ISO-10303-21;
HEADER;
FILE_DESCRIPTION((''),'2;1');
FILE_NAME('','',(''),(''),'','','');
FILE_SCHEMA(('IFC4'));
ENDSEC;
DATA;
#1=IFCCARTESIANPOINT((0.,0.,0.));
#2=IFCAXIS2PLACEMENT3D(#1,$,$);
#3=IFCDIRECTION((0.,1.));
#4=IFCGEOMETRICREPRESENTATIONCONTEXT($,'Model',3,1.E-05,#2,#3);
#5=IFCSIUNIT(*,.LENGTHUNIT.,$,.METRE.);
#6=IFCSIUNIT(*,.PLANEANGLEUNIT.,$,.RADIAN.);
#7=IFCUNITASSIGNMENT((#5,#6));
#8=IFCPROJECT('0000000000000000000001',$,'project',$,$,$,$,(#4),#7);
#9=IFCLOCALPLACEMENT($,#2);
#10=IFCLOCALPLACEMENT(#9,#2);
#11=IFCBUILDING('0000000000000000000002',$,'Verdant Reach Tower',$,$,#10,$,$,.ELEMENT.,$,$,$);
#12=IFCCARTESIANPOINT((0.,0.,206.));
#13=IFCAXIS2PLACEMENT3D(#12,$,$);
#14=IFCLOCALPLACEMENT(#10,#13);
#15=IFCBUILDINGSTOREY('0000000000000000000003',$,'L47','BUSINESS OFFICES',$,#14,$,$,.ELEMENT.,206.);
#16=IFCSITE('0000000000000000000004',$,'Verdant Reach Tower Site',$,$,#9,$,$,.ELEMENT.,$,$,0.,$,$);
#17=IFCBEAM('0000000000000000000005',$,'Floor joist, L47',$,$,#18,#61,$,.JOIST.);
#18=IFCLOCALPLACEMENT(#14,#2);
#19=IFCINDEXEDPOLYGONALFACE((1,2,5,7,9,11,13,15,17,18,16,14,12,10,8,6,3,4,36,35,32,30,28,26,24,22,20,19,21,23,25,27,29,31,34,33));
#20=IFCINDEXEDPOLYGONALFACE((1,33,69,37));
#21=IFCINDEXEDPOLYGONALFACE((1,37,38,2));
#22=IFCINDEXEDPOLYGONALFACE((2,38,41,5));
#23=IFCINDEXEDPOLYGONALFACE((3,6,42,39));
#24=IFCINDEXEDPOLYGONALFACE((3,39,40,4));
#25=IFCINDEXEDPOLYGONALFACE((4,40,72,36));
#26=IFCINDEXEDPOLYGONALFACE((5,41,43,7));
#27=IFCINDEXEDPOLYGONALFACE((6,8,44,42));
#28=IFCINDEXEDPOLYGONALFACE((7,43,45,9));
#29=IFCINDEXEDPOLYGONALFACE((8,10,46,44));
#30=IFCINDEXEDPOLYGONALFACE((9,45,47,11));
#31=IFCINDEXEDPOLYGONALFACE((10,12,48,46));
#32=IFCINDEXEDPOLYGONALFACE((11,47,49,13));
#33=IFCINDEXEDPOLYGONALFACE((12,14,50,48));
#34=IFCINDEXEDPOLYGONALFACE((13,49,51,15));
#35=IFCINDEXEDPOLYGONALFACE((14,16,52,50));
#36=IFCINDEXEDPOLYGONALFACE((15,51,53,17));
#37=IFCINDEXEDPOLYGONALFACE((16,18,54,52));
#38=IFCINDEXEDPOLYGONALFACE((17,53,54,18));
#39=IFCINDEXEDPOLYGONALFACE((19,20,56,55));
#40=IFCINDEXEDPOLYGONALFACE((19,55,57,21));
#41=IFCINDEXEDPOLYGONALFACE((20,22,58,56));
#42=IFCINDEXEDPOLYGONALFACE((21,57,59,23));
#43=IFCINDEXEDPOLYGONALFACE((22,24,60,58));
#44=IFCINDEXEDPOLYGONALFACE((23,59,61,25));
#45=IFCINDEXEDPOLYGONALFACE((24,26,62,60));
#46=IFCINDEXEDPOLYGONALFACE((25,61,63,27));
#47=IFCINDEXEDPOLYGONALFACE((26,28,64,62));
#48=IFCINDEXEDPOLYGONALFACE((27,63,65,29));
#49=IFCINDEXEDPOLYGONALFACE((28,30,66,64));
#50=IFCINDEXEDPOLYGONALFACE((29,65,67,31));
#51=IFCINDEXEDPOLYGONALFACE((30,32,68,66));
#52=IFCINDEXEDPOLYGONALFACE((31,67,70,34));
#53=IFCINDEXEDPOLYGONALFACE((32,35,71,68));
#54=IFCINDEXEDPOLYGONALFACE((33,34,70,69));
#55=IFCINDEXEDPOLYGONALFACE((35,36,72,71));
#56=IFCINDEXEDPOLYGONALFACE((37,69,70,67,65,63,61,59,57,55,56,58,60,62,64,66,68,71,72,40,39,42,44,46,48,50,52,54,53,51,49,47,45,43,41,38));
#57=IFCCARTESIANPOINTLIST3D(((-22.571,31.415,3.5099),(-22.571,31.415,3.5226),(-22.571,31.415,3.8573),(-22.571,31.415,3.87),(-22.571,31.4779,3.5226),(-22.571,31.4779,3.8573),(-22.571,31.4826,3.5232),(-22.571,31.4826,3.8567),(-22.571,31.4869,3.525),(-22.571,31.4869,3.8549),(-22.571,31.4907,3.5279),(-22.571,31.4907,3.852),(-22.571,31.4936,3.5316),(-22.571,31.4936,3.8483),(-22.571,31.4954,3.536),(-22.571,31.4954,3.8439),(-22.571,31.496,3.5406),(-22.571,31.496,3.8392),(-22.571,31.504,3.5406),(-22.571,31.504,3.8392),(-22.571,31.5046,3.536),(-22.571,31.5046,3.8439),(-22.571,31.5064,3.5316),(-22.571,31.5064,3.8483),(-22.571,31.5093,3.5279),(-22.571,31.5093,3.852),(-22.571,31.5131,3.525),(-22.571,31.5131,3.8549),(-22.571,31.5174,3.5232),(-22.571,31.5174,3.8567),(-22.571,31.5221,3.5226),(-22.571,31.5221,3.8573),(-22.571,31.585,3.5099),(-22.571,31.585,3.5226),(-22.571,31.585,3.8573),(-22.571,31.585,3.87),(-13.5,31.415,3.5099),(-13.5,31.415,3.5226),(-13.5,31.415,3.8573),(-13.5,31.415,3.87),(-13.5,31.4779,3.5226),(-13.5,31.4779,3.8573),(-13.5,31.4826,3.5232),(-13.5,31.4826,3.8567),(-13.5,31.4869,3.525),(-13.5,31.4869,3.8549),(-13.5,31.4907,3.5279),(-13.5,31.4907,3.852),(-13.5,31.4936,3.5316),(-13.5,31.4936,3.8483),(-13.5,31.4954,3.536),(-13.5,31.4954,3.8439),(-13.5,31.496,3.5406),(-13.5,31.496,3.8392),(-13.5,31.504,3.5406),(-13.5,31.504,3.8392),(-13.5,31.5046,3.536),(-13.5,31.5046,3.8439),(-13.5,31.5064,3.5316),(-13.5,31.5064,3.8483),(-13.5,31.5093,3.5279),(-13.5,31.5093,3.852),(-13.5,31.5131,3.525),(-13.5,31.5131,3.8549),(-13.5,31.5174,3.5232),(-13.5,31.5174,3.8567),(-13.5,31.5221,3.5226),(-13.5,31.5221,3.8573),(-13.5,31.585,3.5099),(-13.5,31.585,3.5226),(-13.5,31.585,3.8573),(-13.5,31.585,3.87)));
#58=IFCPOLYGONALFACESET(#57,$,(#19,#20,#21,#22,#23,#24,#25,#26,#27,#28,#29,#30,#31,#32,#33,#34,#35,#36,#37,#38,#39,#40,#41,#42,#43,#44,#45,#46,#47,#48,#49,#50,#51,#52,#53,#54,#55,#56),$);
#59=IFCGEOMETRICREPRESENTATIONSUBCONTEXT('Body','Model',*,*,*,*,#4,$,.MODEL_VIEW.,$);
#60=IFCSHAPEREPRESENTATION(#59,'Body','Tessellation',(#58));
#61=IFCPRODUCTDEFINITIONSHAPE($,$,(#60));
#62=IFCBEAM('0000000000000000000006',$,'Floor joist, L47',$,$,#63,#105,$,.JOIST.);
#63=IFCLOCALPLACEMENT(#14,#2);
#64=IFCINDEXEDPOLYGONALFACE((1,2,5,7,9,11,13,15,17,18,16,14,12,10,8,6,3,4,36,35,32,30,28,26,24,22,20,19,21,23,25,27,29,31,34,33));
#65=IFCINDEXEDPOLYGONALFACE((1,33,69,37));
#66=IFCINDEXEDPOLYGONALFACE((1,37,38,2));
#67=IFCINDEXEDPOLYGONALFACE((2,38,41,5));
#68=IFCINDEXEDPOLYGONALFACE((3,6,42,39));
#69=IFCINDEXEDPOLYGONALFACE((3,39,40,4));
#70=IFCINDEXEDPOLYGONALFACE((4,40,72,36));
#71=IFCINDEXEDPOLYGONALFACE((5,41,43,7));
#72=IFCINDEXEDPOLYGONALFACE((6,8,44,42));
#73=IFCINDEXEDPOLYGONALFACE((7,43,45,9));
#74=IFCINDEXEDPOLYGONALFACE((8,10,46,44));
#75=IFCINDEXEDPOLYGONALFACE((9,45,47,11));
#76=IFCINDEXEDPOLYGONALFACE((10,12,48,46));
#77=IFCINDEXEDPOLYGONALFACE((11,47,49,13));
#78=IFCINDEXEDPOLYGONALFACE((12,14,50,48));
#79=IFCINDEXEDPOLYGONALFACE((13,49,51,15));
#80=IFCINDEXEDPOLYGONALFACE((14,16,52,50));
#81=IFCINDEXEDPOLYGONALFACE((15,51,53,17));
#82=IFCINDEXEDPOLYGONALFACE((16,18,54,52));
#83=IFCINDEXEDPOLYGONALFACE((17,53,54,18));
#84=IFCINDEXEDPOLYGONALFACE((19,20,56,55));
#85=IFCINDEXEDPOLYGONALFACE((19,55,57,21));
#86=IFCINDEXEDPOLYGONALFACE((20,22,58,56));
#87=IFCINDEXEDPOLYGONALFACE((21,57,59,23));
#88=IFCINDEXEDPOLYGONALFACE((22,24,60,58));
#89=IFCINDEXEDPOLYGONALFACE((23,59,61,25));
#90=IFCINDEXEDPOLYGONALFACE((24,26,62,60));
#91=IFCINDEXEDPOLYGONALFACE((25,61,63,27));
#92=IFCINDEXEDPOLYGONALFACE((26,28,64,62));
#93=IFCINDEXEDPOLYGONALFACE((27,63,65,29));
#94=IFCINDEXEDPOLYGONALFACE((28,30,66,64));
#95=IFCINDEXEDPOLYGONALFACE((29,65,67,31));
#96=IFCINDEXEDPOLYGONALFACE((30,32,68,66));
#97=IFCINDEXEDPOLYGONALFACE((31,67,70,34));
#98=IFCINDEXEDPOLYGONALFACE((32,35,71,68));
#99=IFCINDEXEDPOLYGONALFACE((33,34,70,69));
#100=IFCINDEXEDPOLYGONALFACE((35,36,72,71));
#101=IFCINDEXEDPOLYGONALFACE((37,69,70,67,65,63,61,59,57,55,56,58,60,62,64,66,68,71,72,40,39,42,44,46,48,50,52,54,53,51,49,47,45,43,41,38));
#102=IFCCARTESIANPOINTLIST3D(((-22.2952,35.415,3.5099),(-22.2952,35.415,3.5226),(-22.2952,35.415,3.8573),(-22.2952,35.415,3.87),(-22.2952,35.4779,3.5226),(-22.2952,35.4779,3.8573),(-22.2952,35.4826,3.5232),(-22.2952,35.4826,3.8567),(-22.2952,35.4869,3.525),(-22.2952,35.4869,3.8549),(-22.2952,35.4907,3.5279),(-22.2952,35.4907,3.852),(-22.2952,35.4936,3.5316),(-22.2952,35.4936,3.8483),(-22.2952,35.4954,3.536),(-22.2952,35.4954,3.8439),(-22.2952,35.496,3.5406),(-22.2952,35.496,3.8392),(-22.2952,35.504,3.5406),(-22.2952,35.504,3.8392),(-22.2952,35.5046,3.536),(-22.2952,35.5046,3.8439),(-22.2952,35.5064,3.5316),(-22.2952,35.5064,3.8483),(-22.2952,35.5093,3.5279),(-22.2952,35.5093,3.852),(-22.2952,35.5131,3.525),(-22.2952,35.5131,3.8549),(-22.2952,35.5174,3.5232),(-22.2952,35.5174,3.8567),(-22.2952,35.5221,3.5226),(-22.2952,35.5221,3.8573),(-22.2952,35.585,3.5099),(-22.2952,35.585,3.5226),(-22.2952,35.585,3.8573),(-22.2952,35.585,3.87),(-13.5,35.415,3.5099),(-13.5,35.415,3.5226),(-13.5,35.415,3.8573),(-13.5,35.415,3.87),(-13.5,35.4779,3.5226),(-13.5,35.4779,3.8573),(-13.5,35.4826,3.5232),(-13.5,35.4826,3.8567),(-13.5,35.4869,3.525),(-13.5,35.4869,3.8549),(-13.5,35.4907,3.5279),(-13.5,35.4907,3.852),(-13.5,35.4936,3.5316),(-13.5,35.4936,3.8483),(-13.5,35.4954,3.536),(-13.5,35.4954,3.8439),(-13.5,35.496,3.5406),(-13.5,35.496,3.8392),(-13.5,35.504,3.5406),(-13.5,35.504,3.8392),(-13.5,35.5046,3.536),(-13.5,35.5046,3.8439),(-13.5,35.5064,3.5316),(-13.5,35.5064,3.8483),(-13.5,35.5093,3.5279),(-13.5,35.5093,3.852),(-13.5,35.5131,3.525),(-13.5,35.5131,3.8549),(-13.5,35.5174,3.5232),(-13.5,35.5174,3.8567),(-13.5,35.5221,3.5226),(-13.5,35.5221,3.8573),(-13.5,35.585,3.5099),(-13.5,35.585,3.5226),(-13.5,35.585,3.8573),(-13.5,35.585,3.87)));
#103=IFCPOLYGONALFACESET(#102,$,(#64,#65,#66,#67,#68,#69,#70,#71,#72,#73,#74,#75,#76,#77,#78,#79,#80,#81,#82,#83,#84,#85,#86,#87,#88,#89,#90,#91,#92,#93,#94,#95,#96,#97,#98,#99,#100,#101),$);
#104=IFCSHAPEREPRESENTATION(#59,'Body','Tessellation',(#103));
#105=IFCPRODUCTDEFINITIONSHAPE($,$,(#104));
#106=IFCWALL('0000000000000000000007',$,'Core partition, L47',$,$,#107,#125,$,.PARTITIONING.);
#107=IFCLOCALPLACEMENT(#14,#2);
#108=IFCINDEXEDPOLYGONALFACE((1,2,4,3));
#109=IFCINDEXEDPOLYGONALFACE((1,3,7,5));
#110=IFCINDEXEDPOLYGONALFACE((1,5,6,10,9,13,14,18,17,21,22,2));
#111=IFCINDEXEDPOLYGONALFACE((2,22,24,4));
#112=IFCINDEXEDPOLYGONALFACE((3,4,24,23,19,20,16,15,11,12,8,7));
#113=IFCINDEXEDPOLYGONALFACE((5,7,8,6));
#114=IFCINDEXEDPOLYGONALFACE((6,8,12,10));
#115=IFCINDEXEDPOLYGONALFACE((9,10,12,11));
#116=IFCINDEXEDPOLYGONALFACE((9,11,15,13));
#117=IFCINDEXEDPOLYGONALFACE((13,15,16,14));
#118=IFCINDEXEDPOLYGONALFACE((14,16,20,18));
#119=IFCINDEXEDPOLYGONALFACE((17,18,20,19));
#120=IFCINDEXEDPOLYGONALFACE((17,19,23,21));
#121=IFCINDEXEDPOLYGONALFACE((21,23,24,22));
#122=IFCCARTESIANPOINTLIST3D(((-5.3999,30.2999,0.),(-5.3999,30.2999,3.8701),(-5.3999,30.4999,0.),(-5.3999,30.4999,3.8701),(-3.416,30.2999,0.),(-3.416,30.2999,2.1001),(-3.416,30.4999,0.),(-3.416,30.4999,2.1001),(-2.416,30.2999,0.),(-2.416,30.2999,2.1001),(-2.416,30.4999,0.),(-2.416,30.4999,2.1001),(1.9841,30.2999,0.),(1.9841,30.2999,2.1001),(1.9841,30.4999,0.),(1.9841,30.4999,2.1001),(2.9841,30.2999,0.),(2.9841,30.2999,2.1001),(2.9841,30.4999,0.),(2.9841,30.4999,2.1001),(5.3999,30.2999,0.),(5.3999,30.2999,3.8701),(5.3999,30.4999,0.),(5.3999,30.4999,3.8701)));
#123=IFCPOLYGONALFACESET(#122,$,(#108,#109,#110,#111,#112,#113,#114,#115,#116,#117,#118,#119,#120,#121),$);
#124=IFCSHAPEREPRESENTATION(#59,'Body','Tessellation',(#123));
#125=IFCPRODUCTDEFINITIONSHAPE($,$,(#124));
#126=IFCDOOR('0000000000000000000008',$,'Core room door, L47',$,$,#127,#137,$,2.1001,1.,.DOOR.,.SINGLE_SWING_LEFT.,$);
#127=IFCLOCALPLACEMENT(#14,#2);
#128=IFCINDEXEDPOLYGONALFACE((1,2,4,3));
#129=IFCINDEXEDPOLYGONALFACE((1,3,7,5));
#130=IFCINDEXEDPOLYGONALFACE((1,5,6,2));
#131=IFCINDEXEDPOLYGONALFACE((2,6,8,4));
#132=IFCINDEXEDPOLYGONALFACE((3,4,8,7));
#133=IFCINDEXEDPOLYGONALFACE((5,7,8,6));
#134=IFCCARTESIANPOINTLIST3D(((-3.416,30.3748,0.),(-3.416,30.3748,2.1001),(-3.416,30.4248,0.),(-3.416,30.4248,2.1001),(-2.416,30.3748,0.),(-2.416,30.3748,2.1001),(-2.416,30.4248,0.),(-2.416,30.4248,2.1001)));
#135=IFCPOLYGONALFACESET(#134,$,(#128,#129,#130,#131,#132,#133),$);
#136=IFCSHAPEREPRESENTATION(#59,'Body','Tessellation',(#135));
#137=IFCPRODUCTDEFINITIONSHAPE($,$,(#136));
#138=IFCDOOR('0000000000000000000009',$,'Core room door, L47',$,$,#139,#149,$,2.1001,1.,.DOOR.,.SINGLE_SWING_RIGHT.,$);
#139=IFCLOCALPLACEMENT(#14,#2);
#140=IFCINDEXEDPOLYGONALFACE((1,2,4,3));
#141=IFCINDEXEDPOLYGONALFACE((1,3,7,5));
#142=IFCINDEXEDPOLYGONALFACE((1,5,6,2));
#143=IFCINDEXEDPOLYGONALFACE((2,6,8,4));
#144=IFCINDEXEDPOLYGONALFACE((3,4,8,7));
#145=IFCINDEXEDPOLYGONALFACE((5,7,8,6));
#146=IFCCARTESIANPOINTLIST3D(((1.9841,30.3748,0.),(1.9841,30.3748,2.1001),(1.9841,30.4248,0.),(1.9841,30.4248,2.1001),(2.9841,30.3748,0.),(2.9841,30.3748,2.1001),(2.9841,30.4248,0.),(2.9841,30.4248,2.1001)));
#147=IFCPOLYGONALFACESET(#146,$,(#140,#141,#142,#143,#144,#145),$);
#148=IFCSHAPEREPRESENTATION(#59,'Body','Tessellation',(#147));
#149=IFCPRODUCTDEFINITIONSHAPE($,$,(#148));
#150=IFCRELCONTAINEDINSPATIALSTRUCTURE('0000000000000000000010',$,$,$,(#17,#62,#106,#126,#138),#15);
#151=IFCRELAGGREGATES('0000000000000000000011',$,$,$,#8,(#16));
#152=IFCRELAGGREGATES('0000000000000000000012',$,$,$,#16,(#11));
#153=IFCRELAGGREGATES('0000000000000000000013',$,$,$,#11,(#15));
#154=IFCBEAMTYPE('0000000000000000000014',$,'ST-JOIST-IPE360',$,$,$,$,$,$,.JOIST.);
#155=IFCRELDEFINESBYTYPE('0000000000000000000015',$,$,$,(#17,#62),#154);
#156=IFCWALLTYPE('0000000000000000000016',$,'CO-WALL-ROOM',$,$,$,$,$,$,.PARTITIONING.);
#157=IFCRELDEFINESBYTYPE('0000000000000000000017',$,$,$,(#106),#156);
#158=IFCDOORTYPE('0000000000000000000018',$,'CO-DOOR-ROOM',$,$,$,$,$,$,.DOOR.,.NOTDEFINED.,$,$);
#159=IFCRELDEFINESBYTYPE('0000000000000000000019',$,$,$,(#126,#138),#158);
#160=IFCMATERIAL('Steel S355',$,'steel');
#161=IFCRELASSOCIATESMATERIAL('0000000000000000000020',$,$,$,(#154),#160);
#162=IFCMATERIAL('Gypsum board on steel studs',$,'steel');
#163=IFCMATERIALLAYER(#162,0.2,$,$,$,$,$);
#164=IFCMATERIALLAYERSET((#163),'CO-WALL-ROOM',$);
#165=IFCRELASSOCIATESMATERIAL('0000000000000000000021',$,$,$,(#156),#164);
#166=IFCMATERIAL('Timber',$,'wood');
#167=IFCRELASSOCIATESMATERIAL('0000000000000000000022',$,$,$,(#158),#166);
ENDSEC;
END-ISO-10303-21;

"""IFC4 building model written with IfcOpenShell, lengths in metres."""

from ifc_helpers import new_model, si_unit, direction, frame, frame_2d, origin, origin_2d, place, context, subcontext, project, spatial, rectangle, i_section, extrude, material, layer, layer_set, material_profile, profile_set, type_object, element, fill, save


model = new_model("IFC4")

# Units and contexts
model_context = context("Model", 3, precision=1e-05, world=origin(), true_north=direction((0.0, 1.0)))
body_context = subcontext(model_context, "Body", "Model", "MODEL_VIEW")
ifc_project = project(units=[si_unit("LENGTHUNIT", "METRE"), si_unit("PLANEANGLEUNIT", "RADIAN")], contexts=[model_context])

# Site, building, storey
site_placement = place(None, origin())
site = spatial("IfcSite", under=ifc_project, at=site_placement, Name="Verdant Reach Tower Site", CompositionType="ELEMENT", RefElevation=0.0)
building_placement = place(site_placement, origin())
building = spatial("IfcBuilding", under=site, at=building_placement, Name="Verdant Reach Tower", CompositionType="ELEMENT")
storey_placement = place(building_placement, frame((0.0, 0.0, 206.0)))
storey = spatial("IfcBuildingStorey", under=building, at=storey_placement, Name="L47", Description="BUSINESS OFFICES", CompositionType="ELEMENT", Elevation=206.0)

# Beams
ifc_material_1 = material(Name="Steel S355", Category="steel")
ifc_material_profile = material_profile(ifc_material_1, i_section(OverallWidth=0.1699, OverallDepth=0.3601, WebThickness=0.0081, FlangeThickness=0.0127, FilletRadius=0.0181, at=origin_2d()), Name="IPE 360")
ifc_profile_set = profile_set([ifc_material_profile], Name="Steel S355")
beam_type = type_object("IfcBeamType", Name="ST-JOIST-IPE360", PredefinedType="JOIST", material=ifc_profile_set)
beam_1_placement = place(storey_placement, frame((-13.5, 31.5, 3.6899), z_axis=(-1.0, 0.0, 0.0), x_axis=(0.0, -1.0, 0.0)))
element("IfcBeam", 1, at=beam_1_placement, inside=storey, type_object=beam_type, Name="Floor joist, L47", PredefinedType="JOIST", context=body_context, shape_type="SweptSolid", body=[
    extrude(i_section(OverallWidth=0.1699, OverallDepth=0.3601, WebThickness=0.0081, FlangeThickness=0.0127, FilletRadius=0.0181, at=origin_2d()), origin(), (0.0, 0.0, 1.0), 9.071),
])
beam_2_placement = place(storey_placement, frame((-13.5, 35.5, 3.6899), z_axis=(-1.0, 0.0, 0.0), x_axis=(0.0, -1.0, 0.0)))
element("IfcBeam", 2, at=beam_2_placement, inside=storey, type_object=beam_type, Name="Floor joist, L47", PredefinedType="JOIST", context=body_context, shape_type="SweptSolid", body=[
    extrude(i_section(OverallWidth=0.1699, OverallDepth=0.3601, WebThickness=0.0081, FlangeThickness=0.0127, FilletRadius=0.0181, at=origin_2d()), origin(), (0.0, 0.0, 1.0), 8.7952),
])

# Wall, openings, doors
ifc_material_2 = material(Name="Gypsum board on steel studs", Category="steel")
ifc_layer_1 = layer(ifc_material_2, 0.2)
ifc_layer_set_1 = layer_set([ifc_layer_1], Name="CO-WALL-ROOM")
wall_type_1 = type_object("IfcWallType", Name="CO-WALL-ROOM", PredefinedType="PARTITIONING", material=ifc_layer_set_1)
wall_1_placement = place(storey_placement, frame((-5.3999, 30.3999, 0.0), z_axis=(0.0, 0.0, 1.0), x_axis=(1.0, 0.0, 0.0)))
wall_1 = element("IfcWall", 3, at=wall_1_placement, inside=storey, type_object=wall_type_1, Name="Core partition, L47", PredefinedType="PARTITIONING", context=body_context, shape_type="SweptSolid", body=[
    extrude(rectangle(XDim=10.7998, YDim=0.2, at=frame_2d((5.3999, 0.0))), origin(), (0.0, 0.0, 1.0), 3.8701),
])
opening_1_placement = place(wall_1_placement, frame((1.9839, 0.0, 0.0)))
opening_1 = element("IfcOpeningElement", 4, at=opening_1_placement, cuts=wall_1, PredefinedType="OPENING", context=body_context, shape_type="SweptSolid", body=[
    extrude(rectangle(XDim=1.0, YDim=2.1001, at=frame_2d((0.5, 1.05))), frame((0.0, 0.1099, 0.0), z_axis=(0.0, -1.0, 0.0), x_axis=(1.0, 0.0, 0.0)), (0.0, 0.0, 1.0), 0.22),
])
opening_2_placement = place(wall_1_placement, frame((7.384, 0.0, 0.0)))
opening_2 = element("IfcOpeningElement", 5, at=opening_2_placement, cuts=wall_1, PredefinedType="OPENING", context=body_context, shape_type="SweptSolid", body=[
    extrude(rectangle(XDim=1.0, YDim=2.1001, at=frame_2d((0.5, 1.05))), frame((0.0, 0.1099, 0.0), z_axis=(0.0, -1.0, 0.0), x_axis=(1.0, 0.0, 0.0)), (0.0, 0.0, 1.0), 0.22),
])
ifc_material_3 = material(Name="Timber", Category="wood")
door_type_1 = type_object("IfcDoorType", Name="CO-DOOR-ROOM", OperationType="NOTDEFINED", PredefinedType="DOOR", material=ifc_material_3)
door_1_placement = place(opening_1_placement, origin())
door_1 = element("IfcDoor", 6, at=door_1_placement, inside=storey, type_object=door_type_1, Name="Core room door, L47", OperationType="SINGLE_SWING_LEFT", OverallHeight=2.1001, OverallWidth=1.0, PredefinedType="DOOR", context=body_context, shape_type="SweptSolid", body=[
    extrude(rectangle(XDim=1.0, YDim=2.1001, at=frame_2d((0.5, 1.05))), frame((0.0, 0.0249, 0.0), z_axis=(0.0, -1.0, 0.0), x_axis=(1.0, 0.0, 0.0)), (0.0, 0.0, 1.0), 0.05),
])
fill(opening_1, door_1)
door_2_placement = place(opening_2_placement, origin())
door_2 = element("IfcDoor", 7, at=door_2_placement, inside=storey, type_object=door_type_1, Name="Core room door, L47", OperationType="SINGLE_SWING_RIGHT", OverallHeight=2.1001, OverallWidth=1.0, PredefinedType="DOOR", context=body_context, shape_type="SweptSolid", body=[
    extrude(rectangle(XDim=1.0, YDim=2.1001, at=frame_2d((0.5, 1.05))), frame((0.0, 0.0249, 0.0), z_axis=(0.0, -1.0, 0.0), x_axis=(1.0, 0.0, 0.0)), (0.0, 0.0, 1.0), 0.05),
])
fill(opening_2, door_2)

save(model, "model.ifc")
